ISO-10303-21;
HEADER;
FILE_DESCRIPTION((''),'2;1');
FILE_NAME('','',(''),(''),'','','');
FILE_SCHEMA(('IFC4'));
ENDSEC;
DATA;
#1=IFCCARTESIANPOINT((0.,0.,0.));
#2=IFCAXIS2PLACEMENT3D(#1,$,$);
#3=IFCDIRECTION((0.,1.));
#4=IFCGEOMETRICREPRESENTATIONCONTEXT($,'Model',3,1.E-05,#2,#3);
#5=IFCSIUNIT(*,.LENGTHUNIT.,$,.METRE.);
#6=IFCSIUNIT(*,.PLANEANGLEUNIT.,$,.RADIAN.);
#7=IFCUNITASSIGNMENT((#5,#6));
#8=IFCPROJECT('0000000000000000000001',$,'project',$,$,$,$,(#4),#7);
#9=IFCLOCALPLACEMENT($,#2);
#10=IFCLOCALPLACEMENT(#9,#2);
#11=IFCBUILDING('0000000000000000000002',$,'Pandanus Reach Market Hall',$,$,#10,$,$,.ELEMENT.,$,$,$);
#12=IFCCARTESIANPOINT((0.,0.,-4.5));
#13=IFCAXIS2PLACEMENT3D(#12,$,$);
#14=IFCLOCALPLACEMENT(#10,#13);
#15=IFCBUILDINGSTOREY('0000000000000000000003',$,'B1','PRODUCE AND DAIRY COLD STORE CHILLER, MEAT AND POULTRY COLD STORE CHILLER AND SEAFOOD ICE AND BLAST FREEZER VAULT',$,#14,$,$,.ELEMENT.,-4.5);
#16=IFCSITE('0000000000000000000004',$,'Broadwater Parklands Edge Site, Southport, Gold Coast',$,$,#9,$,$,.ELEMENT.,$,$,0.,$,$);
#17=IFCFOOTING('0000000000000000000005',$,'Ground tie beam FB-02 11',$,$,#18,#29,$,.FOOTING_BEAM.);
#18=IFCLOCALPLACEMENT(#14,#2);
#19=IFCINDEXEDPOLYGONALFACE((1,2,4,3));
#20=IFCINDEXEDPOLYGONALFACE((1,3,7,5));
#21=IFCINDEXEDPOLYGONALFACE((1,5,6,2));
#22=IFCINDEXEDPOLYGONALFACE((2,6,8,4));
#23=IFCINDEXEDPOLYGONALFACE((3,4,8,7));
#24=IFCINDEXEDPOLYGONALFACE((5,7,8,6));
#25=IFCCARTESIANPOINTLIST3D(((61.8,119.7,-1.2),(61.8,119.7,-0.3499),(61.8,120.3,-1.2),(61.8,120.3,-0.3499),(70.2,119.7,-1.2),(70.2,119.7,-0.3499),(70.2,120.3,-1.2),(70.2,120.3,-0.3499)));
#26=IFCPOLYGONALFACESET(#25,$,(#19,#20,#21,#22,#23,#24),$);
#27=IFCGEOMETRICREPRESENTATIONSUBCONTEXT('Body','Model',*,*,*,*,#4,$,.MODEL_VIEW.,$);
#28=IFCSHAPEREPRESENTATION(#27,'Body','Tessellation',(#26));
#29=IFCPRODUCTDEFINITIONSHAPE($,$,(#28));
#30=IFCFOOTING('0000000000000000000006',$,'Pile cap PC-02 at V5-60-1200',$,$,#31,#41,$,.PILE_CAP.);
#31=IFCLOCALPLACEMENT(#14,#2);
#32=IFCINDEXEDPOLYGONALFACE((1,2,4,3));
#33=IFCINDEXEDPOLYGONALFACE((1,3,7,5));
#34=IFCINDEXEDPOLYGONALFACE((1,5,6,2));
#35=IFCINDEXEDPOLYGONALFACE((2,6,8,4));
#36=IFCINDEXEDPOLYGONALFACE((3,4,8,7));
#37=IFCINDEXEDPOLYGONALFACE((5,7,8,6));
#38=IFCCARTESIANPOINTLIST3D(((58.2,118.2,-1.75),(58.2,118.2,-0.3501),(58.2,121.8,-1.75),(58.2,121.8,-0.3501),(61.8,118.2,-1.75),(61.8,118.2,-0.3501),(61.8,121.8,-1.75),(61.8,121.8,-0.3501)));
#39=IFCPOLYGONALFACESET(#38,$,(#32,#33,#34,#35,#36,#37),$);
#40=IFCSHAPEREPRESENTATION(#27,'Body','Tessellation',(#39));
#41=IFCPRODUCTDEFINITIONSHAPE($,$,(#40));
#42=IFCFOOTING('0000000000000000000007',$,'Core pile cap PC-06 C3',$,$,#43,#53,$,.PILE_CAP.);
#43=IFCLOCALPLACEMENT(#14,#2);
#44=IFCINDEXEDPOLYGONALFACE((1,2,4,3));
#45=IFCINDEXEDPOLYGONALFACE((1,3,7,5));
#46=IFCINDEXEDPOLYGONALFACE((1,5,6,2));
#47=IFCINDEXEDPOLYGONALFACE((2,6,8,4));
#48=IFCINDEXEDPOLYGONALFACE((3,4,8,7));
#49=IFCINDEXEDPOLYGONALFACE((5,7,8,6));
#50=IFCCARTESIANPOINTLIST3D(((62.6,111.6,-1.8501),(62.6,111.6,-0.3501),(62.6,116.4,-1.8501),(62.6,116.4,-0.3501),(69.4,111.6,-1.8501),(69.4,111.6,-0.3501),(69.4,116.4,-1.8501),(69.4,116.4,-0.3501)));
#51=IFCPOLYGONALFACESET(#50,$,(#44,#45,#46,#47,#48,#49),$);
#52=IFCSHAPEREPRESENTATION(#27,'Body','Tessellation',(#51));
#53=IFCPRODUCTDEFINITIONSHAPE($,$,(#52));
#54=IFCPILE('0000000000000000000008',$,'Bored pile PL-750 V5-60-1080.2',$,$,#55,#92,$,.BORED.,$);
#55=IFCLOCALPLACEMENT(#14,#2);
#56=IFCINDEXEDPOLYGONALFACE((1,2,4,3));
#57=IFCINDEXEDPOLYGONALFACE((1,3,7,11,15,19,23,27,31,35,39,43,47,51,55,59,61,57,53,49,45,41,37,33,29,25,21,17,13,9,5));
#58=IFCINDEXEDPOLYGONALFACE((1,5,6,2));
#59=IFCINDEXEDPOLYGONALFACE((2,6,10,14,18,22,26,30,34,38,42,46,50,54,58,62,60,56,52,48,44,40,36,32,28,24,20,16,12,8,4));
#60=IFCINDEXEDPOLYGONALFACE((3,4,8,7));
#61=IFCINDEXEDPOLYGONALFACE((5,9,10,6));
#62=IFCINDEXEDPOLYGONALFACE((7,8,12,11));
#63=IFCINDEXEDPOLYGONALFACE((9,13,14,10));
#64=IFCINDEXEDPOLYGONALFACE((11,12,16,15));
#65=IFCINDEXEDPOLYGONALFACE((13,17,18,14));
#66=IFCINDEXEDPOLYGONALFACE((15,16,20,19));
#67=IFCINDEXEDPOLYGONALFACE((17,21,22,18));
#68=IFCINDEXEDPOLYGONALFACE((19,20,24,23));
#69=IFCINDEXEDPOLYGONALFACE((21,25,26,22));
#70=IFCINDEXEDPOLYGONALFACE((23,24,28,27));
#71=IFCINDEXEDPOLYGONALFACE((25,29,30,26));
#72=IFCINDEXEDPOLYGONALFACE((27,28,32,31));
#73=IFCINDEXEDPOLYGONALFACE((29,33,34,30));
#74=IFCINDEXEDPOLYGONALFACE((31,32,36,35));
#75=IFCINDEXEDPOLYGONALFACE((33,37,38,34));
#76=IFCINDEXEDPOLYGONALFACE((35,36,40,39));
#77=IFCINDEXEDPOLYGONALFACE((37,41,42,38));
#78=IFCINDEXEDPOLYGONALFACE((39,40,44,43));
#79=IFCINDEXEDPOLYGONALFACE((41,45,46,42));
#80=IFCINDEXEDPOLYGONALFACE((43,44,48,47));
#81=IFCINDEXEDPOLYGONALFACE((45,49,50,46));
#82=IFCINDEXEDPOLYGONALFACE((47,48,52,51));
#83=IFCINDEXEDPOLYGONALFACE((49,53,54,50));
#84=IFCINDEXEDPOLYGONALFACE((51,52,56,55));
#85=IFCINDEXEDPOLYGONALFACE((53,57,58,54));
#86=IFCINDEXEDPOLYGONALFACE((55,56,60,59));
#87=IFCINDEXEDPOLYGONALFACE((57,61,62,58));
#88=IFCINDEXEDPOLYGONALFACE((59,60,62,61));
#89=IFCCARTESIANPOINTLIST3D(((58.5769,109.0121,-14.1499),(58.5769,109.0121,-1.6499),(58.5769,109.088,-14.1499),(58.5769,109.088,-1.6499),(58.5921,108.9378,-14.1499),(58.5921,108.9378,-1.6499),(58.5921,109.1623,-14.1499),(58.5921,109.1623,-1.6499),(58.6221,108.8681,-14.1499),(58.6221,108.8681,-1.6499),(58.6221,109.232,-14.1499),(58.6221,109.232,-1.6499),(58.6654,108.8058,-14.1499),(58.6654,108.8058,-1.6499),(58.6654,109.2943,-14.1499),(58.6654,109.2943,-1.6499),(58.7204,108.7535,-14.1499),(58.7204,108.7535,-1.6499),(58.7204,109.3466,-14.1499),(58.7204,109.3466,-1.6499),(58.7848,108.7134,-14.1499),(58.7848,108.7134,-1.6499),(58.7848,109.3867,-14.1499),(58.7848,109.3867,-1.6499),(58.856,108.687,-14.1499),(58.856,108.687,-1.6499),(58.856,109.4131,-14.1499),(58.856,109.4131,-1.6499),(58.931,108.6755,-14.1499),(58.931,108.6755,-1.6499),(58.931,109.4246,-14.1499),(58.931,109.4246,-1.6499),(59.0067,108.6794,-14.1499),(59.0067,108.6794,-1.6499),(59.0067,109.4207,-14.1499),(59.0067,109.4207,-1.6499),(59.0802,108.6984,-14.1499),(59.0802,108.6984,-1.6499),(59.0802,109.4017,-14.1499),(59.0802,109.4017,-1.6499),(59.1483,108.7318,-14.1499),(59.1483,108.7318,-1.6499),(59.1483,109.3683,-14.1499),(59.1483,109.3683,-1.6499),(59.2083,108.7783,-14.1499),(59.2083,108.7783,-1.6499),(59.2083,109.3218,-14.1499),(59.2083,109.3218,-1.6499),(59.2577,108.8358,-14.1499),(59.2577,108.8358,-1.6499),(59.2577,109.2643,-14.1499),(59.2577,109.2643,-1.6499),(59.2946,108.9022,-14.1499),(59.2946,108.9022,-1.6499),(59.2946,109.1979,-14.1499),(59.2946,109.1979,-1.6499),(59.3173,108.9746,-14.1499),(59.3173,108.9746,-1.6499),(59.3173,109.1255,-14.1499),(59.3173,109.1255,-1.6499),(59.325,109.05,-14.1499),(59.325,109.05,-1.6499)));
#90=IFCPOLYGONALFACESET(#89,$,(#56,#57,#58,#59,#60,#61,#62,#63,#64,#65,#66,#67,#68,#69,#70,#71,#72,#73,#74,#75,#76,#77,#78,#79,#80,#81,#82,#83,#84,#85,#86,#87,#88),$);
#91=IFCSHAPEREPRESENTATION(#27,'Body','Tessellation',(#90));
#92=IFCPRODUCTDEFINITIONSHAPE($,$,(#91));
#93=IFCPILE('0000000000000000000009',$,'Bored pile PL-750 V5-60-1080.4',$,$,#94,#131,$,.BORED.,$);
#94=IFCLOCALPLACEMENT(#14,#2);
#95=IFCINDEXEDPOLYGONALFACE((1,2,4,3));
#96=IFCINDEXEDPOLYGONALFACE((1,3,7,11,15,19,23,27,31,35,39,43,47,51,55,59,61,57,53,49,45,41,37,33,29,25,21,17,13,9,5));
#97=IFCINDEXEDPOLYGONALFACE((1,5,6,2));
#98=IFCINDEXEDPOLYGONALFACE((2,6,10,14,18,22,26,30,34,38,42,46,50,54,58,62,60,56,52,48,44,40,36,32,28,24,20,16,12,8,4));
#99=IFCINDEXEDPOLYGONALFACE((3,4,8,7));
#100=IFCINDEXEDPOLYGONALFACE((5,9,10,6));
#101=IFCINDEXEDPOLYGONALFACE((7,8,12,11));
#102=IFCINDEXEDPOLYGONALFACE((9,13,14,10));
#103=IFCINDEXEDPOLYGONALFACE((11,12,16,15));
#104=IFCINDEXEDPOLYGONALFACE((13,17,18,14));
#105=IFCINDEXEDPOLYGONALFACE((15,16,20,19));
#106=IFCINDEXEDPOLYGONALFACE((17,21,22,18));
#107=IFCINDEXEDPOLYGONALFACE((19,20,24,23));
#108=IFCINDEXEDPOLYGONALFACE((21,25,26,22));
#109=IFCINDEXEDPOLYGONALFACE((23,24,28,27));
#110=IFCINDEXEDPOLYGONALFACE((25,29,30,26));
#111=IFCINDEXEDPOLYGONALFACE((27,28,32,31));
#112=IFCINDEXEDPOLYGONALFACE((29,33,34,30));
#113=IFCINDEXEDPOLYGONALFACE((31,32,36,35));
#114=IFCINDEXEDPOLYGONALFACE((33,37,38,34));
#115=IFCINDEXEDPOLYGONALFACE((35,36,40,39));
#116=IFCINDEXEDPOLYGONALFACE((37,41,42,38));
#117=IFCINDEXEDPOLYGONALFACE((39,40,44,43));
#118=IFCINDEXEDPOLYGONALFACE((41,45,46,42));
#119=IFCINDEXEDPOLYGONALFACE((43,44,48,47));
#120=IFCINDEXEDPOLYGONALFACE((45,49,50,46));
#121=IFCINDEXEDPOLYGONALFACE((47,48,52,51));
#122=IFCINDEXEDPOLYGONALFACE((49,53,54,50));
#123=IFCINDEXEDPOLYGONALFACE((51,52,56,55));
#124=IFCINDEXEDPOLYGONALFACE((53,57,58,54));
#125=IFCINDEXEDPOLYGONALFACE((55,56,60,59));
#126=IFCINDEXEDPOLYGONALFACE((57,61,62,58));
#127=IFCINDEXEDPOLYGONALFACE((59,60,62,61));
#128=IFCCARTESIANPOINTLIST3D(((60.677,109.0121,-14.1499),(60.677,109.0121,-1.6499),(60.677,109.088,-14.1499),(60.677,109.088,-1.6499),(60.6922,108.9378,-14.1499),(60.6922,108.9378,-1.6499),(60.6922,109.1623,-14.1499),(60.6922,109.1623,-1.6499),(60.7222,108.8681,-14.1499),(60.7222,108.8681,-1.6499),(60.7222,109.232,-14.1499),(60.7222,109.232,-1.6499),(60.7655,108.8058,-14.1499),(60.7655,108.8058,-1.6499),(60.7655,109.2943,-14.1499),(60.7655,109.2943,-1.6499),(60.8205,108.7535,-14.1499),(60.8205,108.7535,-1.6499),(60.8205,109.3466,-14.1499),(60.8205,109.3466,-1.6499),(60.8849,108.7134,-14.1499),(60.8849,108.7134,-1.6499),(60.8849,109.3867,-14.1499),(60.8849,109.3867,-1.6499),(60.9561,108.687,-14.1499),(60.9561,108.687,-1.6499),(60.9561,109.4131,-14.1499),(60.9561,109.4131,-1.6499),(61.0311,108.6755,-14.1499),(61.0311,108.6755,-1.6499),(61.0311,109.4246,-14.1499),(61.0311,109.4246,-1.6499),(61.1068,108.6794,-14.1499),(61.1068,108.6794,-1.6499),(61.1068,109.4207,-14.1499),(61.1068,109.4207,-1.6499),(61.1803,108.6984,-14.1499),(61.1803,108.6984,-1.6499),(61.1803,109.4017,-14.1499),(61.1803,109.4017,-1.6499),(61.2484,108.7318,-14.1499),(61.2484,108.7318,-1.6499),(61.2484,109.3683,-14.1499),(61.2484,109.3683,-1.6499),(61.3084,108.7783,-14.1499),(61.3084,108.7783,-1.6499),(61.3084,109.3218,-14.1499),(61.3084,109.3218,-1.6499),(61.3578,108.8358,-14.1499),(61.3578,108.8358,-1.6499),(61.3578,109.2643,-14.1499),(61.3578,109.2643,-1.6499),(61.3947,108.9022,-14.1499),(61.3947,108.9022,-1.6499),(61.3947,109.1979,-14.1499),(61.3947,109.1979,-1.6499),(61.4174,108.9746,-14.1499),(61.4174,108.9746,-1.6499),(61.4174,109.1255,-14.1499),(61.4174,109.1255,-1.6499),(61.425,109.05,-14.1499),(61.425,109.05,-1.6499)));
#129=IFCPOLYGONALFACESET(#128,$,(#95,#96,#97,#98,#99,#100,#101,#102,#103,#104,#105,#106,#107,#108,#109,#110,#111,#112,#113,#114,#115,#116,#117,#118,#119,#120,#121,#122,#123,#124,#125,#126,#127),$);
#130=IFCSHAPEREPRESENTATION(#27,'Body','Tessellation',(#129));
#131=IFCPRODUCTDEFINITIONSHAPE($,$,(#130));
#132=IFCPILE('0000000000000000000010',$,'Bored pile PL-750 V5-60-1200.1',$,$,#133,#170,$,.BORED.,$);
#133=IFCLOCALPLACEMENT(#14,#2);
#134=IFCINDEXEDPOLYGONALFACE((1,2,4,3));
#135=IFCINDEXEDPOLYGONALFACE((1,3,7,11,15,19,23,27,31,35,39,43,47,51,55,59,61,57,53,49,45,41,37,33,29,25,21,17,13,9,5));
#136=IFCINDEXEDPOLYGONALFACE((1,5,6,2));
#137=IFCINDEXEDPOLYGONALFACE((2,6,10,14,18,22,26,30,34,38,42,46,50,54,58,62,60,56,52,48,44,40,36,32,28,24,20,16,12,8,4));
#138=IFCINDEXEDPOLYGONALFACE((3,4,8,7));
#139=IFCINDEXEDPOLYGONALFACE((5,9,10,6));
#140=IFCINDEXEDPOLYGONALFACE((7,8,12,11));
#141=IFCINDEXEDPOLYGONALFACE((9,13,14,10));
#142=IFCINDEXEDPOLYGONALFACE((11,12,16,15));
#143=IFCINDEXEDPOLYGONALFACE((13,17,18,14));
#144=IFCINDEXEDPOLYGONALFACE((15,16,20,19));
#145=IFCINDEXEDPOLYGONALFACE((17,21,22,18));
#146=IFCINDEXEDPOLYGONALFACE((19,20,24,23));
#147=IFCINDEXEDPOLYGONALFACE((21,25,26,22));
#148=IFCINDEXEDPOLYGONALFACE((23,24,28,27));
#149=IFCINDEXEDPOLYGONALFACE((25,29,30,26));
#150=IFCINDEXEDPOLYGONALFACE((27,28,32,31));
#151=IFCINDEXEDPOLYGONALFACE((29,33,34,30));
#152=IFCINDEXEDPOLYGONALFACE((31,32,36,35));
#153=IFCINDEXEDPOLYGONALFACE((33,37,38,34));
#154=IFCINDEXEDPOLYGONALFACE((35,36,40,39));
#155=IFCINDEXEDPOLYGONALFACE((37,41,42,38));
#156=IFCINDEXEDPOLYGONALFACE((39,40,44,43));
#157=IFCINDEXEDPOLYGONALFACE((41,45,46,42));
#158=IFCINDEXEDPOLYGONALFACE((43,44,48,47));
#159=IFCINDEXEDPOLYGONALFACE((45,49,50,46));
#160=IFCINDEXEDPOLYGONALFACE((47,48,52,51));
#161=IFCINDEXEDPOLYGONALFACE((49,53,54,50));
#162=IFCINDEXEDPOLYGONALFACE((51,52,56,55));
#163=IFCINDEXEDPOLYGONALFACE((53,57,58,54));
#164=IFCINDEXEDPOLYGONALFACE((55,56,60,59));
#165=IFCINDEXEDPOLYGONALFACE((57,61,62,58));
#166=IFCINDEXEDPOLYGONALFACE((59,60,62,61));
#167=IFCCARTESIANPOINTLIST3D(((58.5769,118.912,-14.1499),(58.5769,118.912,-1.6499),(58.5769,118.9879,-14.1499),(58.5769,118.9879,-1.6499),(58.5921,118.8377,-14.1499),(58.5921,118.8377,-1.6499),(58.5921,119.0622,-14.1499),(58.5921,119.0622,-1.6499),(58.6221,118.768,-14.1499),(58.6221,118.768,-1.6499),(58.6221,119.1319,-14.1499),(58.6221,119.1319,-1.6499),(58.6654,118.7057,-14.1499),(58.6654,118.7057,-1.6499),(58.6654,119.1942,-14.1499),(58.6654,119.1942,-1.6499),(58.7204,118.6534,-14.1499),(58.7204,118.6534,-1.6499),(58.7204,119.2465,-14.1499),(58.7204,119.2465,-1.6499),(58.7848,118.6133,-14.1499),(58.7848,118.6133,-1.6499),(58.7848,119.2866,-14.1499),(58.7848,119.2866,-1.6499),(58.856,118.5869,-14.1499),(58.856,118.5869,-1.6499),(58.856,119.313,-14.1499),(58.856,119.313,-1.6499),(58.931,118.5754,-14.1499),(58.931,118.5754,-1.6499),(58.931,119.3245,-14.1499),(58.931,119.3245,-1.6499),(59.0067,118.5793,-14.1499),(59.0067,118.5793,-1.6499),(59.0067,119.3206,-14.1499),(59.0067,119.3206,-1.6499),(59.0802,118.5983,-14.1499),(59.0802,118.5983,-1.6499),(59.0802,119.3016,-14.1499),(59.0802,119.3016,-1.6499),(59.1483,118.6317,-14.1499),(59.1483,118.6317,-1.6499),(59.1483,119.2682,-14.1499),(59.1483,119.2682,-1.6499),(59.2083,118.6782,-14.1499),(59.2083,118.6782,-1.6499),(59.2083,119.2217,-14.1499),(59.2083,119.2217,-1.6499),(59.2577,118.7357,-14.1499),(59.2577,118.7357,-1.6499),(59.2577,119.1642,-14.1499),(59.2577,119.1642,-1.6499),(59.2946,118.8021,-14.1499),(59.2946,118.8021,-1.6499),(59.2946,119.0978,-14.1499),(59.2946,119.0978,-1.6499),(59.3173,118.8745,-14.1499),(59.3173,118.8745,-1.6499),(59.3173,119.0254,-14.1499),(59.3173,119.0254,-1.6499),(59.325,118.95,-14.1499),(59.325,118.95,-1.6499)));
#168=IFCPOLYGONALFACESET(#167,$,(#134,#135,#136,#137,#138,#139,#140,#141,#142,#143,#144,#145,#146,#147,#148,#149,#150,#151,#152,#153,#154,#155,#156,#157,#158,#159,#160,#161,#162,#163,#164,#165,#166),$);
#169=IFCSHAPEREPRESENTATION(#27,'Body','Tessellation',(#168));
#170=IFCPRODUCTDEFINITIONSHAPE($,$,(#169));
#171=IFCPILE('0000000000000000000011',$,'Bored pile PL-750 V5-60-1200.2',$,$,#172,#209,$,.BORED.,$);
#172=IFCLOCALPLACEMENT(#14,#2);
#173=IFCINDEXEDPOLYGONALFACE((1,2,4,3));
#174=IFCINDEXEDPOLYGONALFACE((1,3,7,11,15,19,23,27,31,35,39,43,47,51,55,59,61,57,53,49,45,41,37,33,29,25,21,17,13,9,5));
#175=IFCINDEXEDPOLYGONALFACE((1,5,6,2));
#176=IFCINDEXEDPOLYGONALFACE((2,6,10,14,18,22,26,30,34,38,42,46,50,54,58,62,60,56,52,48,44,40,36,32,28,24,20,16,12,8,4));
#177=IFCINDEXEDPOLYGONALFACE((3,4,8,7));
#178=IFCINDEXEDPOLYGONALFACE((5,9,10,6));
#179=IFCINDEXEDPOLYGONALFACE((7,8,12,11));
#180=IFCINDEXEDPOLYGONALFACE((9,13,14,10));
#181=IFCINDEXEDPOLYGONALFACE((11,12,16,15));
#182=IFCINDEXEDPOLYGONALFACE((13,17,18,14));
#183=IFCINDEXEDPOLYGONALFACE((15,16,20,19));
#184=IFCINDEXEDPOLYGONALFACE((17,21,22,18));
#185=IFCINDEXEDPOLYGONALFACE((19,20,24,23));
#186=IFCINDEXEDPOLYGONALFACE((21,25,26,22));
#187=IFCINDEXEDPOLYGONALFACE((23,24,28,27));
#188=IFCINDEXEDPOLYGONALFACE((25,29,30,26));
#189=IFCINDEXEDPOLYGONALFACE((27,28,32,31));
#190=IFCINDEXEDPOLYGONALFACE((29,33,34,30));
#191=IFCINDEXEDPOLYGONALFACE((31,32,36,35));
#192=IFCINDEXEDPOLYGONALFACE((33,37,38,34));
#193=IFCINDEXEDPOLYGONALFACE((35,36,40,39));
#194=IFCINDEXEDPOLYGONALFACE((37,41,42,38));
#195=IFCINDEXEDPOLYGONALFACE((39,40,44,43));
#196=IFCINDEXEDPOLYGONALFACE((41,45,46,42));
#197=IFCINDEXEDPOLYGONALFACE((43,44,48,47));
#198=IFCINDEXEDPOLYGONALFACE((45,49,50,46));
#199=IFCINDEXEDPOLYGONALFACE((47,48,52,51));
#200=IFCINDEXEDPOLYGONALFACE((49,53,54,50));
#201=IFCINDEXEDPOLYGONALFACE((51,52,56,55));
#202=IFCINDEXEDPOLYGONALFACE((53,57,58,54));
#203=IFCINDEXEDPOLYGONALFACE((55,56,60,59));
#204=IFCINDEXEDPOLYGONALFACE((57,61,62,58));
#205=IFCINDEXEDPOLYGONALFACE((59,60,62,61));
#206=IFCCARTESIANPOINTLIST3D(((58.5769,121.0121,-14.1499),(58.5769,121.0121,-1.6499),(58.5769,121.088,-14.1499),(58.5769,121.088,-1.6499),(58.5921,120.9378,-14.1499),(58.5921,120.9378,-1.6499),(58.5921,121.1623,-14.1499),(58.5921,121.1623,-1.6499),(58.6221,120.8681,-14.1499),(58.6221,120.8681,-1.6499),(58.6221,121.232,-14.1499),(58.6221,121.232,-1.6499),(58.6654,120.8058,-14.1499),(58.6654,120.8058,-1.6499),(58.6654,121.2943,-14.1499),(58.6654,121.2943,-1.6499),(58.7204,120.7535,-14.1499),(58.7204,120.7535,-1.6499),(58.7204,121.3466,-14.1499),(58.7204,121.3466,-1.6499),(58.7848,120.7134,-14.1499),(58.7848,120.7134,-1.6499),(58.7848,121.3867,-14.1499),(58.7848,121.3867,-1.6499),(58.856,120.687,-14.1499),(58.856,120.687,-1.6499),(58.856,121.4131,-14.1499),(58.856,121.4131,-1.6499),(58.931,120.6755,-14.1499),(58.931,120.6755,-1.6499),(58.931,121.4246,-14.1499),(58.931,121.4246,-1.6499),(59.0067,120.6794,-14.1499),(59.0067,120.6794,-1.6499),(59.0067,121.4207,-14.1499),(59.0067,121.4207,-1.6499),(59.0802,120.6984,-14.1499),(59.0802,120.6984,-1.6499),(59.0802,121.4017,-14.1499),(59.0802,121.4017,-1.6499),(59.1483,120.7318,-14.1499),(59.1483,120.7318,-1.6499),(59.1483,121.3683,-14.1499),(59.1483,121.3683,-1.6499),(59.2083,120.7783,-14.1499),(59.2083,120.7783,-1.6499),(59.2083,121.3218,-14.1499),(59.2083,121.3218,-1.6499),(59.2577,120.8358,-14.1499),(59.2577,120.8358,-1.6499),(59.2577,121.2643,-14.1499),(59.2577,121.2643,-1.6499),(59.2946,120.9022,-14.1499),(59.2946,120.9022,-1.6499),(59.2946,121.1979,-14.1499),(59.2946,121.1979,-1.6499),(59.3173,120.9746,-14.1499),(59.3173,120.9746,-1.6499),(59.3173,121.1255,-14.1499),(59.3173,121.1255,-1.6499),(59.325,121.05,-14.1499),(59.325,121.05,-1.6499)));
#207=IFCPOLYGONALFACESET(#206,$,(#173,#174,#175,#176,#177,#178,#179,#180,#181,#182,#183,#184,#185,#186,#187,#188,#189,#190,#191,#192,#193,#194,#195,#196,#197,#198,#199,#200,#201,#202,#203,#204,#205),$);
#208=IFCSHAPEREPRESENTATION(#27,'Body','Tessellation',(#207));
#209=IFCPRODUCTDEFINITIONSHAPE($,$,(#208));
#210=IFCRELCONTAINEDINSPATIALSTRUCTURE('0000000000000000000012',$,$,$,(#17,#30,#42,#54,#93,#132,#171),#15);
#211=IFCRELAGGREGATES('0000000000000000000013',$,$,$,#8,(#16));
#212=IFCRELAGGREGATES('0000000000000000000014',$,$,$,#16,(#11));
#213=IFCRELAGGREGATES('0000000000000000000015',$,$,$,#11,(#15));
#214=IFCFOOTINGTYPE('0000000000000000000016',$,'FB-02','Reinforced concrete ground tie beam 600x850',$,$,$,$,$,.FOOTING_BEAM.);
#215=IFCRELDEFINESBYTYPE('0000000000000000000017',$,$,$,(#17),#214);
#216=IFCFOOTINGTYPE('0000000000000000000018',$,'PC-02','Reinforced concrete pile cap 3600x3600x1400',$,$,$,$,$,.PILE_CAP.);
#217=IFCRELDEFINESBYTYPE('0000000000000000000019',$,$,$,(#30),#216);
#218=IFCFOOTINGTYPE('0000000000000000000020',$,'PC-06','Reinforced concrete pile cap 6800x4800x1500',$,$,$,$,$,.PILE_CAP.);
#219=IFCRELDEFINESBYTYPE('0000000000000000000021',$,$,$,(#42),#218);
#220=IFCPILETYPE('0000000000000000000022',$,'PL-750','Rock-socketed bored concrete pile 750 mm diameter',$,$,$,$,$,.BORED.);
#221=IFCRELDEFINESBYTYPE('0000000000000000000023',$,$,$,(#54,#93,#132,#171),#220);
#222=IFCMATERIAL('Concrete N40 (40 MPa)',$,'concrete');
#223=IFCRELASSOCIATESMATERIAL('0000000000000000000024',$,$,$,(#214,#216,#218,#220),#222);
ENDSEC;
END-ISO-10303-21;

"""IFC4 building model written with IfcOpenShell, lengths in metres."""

from ifc_helpers import new_model, si_unit, direction, frame, origin, origin_2d, place, context, subcontext, project, spatial, rectangle, circle, extrude, material, material_profile, profile_set, type_object, element, save


model = new_model("IFC4")

# Units and contexts
model_context = context("Model", 3, precision=1e-05, world=origin(), true_north=direction((0.0, 1.0)))
body_context = subcontext(model_context, "Body", "Model", "MODEL_VIEW")
ifc_project = project(units=[si_unit("LENGTHUNIT", "METRE"), si_unit("PLANEANGLEUNIT", "RADIAN")], contexts=[model_context])

# Site, building, storey
site_placement = place(None, origin())
site = spatial("IfcSite", under=ifc_project, at=site_placement, Name="Broadwater Parklands Edge Site, Southport, Gold Coast", CompositionType="ELEMENT", RefElevation=0.0)
building_placement = place(site_placement, origin())
building = spatial("IfcBuilding", under=site, at=building_placement, Name="Pandanus Reach Market Hall", CompositionType="ELEMENT")
storey_placement = place(building_placement, frame((0.0, 0.0, -4.5)))
storey = spatial("IfcBuildingStorey", under=building, at=storey_placement, Name="B1", Description="PRODUCE AND DAIRY COLD STORE CHILLER, MEAT AND POULTRY COLD STORE CHILLER AND SEAFOOD ICE AND BLAST FREEZER VAULT", CompositionType="ELEMENT", Elevation=-4.5)

# Footings
ifc_material_1 = material(Name="Concrete N40 (40 MPa)", Category="concrete")
footing_type_1 = type_object("IfcFootingType", Name="FB-02", Description="Reinforced concrete ground tie beam 600x850", PredefinedType="FOOTING_BEAM", material=ifc_material_1)
footing_1_placement = place(storey_placement, frame((66.0, 120.0, -1.2), z_axis=(0.0, 0.0, 1.0), x_axis=(1.0, 0.0, 0.0)))
element("IfcFooting", 1, at=footing_1_placement, inside=storey, type_object=footing_type_1, Name="Ground tie beam FB-02 11", PredefinedType="FOOTING_BEAM", context=body_context, shape_type="SweptSolid", body=[
    extrude(rectangle(XDim=8.3999, YDim=0.6001, at=origin_2d()), origin(), (0.0, 0.0, 1.0), 0.8501),
])
footing_type_2 = type_object("IfcFootingType", Name="PC-02", Description="Reinforced concrete pile cap 3600x3600x1400", PredefinedType="PILE_CAP", material=ifc_material_1)
footing_2_placement = place(storey_placement, frame((60.0, 120.0, -1.75), z_axis=(0.0, 0.0, 1.0), x_axis=(1.0, 0.0, 0.0)))
element("IfcFooting", 2, at=footing_2_placement, inside=storey, type_object=footing_type_2, Name="Pile cap PC-02 at V5-60-1200", PredefinedType="PILE_CAP", context=body_context, shape_type="SweptSolid", body=[
    extrude(rectangle(XDim=3.6001, YDim=3.6001, at=origin_2d()), origin(), (0.0, 0.0, 1.0), 1.3999),
])
footing_type_3 = type_object("IfcFootingType", Name="PC-06", Description="Reinforced concrete pile cap 6800x4800x1500", PredefinedType="PILE_CAP", material=ifc_material_1)
footing_3_placement = place(storey_placement, frame((66.0, 114.0, -1.8501), z_axis=(0.0, 0.0, 1.0), x_axis=(1.0, 0.0, 0.0)))
element("IfcFooting", 3, at=footing_3_placement, inside=storey, type_object=footing_type_3, Name="Core pile cap PC-06 C3", PredefinedType="PILE_CAP", context=body_context, shape_type="SweptSolid", body=[
    extrude(rectangle(XDim=6.8, YDim=4.8, at=origin_2d()), origin(), (0.0, 0.0, 1.0), 1.5),
])

# Piles
ifc_material_profile_1 = material_profile(ifc_material_1, circle(Radius=0.375, at=origin_2d()), Name="PILE-750D", Category="LoadBearing")
ifc_profile_set_1 = profile_set([ifc_material_profile_1], Name="Concrete N40 (40 MPa)")
pile_type = type_object("IfcPileType", Name="PL-750", Description="Rock-socketed bored concrete pile 750 mm diameter", PredefinedType="BORED", material=ifc_profile_set_1)
for number, where, z_axis, x_axis, name in (
    (4, (58.95, 109.05, -1.6499), (0.0, 0.0, -1.0), (1.0, 0.0, 0.0), "Bored pile PL-750 V5-60-1080.2"),
    (5, (61.05, 109.05, -1.6499), (0.0, 0.0, -1.0), (1.0, 0.0, 0.0), "Bored pile PL-750 V5-60-1080.4"),
    (6, (58.95, 118.95, -1.6499), (0.0, 0.0, -1.0), (1.0, 0.0, 0.0), "Bored pile PL-750 V5-60-1200.1"),
    (7, (58.95, 121.05, -1.6499), (0.0, 0.0, -1.0), (1.0, 0.0, 0.0), "Bored pile PL-750 V5-60-1200.2"),
):
    element("IfcPile", number, at=place(storey_placement, frame(where, z_axis=z_axis, x_axis=x_axis)), inside=storey, type_object=pile_type, Name=name, PredefinedType="BORED", context=body_context, shape_type="SweptSolid", body=[
        extrude(circle(Radius=0.375, at=origin_2d()), origin(), (0.0, 0.0, 1.0), 12.5),
    ])

save(model, "model.ifc")
